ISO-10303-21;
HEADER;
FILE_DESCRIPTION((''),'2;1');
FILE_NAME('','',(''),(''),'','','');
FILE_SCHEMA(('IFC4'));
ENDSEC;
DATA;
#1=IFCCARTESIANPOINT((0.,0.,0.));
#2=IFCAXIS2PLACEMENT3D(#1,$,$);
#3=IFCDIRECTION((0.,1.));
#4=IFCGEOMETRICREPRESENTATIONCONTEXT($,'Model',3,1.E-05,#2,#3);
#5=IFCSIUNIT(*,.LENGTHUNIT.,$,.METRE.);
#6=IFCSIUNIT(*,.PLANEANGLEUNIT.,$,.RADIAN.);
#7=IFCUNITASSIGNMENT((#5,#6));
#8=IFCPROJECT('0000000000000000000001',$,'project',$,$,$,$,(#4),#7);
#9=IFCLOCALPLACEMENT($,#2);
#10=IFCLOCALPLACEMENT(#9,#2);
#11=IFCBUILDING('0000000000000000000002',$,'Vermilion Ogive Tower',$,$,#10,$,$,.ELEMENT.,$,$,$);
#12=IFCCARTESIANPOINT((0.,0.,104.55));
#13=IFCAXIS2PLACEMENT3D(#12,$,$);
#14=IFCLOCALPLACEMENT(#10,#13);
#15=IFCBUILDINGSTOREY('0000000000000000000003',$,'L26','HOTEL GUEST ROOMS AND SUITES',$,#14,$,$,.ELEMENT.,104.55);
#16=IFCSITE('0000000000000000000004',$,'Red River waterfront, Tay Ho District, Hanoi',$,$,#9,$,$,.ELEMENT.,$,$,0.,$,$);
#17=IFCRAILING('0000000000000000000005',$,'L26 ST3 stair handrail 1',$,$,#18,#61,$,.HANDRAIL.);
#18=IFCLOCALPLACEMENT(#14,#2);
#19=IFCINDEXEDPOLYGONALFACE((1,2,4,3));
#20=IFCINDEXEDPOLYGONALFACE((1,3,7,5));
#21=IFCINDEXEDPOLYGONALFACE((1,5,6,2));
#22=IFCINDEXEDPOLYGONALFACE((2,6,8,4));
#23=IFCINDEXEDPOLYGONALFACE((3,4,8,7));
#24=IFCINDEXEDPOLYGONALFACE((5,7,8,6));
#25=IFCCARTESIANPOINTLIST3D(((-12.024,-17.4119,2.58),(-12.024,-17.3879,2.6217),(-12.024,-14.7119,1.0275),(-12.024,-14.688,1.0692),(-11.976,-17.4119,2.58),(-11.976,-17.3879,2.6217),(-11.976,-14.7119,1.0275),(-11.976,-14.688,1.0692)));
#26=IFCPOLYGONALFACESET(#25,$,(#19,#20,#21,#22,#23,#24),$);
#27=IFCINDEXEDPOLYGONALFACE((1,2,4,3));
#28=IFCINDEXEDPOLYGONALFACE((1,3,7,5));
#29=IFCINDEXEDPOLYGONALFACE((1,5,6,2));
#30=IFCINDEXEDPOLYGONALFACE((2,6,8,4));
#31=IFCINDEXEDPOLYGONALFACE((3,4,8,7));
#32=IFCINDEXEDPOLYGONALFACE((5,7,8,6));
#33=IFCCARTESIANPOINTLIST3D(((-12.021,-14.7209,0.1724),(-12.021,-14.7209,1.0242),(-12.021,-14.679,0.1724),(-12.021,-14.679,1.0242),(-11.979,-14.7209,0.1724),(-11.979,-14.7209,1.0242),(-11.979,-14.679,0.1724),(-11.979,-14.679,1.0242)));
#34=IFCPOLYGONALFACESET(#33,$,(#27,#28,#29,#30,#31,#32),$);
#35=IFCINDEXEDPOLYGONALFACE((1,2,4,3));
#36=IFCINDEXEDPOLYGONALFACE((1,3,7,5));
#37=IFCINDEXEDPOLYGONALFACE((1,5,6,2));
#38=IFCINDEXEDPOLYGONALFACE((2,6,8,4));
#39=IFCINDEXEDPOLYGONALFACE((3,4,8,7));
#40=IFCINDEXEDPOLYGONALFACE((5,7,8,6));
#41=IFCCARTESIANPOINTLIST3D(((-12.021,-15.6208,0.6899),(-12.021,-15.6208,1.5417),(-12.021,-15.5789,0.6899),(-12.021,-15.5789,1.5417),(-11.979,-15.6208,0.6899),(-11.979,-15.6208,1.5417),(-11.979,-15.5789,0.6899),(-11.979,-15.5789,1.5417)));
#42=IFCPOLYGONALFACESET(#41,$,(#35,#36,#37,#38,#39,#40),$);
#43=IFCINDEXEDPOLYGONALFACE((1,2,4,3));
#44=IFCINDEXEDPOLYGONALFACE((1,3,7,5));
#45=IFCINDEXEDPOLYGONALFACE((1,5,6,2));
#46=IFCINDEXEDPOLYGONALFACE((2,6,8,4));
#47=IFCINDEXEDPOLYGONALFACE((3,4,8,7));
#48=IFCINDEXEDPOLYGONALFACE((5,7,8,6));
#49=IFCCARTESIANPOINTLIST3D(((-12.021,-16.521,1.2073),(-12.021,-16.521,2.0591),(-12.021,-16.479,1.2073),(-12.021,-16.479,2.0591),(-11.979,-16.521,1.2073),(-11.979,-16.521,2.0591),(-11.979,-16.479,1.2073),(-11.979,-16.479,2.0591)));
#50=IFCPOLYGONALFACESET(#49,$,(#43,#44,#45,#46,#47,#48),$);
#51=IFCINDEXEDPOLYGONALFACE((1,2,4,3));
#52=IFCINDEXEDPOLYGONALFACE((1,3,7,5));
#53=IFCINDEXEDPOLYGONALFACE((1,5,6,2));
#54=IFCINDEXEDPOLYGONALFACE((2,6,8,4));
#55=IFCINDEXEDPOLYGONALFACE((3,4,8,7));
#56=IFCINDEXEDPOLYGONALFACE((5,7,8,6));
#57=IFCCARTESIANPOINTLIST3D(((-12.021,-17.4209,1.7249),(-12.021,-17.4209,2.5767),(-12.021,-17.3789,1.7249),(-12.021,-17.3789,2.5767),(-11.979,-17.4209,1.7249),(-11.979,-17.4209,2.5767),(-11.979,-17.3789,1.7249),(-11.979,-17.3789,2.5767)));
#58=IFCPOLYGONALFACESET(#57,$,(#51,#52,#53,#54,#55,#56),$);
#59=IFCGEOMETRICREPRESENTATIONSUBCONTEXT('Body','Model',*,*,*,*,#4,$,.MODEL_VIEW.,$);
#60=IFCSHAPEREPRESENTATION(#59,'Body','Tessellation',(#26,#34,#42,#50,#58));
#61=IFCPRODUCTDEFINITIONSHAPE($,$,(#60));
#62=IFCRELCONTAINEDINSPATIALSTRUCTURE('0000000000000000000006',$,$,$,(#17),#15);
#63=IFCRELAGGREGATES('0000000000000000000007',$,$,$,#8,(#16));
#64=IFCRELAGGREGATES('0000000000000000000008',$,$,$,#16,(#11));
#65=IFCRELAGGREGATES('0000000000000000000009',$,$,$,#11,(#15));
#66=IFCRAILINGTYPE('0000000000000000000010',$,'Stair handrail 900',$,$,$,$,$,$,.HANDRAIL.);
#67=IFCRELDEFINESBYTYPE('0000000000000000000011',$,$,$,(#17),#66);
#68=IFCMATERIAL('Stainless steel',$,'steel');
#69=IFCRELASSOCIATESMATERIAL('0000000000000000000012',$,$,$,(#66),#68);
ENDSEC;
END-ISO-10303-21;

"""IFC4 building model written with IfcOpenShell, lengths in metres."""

from ifc_helpers import new_model, si_unit, direction, frame, origin, origin_2d, place, context, subcontext, project, spatial, rectangle, extrude, material, type_object, element, save


model = new_model("IFC4")

# Units and contexts
model_context = context("Model", 3, precision=1e-05, world=origin(), true_north=direction((0.0, 1.0)))
body_context = subcontext(model_context, "Body", "Model", "MODEL_VIEW")
ifc_project = project(units=[si_unit("LENGTHUNIT", "METRE"), si_unit("PLANEANGLEUNIT", "RADIAN")], contexts=[model_context])

# Site, building, storey
site_placement = place(None, origin())
site = spatial("IfcSite", under=ifc_project, at=site_placement, Name="Red River waterfront, Tay Ho District, Hanoi", CompositionType="ELEMENT", RefElevation=0.0)
building_placement = place(site_placement, origin())
building = spatial("IfcBuilding", under=site, at=building_placement, Name="Vermilion Ogive Tower", CompositionType="ELEMENT")
storey_placement = place(building_placement, frame((0.0, 0.0, 104.55)))
storey = spatial("IfcBuildingStorey", under=building, at=storey_placement, Name="L26", Description="HOTEL GUEST ROOMS AND SUITES", CompositionType="ELEMENT", Elevation=104.55)

# Railing
ifc_material_1 = material(Name="Stainless steel", Category="steel")
railing_type_1 = type_object("IfcRailingType", Name="Stair handrail 900", PredefinedType="HANDRAIL", material=ifc_material_1)
railing_1_placement = place(storey_placement, frame((-12.0, -14.7, 0.1724)))
element("IfcRailing", 1, at=railing_1_placement, inside=storey, type_object=railing_type_1, Name="L26 ST3 stair handrail 1", PredefinedType="HANDRAIL", context=body_context, shape_type="SweptSolid", body=[
    extrude(rectangle(XDim=0.0481, YDim=0.0481, at=origin_2d()), frame((0.0, 0.0, 0.876), z_axis=(0.0, -0.866904, 0.498476), x_axis=(1.0, 0.0, 0.0)), (0.0, 0.0, 1.0), 3.1145),
    extrude(rectangle(XDim=0.042, YDim=0.042, at=origin_2d()), origin(), (0.0, 0.0, 1.0), 0.8518),
    extrude(rectangle(XDim=0.042, YDim=0.042, at=origin_2d()), frame((0.0, -0.8999, 0.5176)), (0.0, 0.0, 1.0), 0.8518),
    extrude(rectangle(XDim=0.042, YDim=0.042, at=origin_2d()), frame((0.0, -1.8, 1.0349)), (0.0, 0.0, 1.0), 0.8518),
    extrude(rectangle(XDim=0.042, YDim=0.042, at=origin_2d()), frame((0.0, -2.7, 1.5525)), (0.0, 0.0, 1.0), 0.8518),
])

save(model, "model.ifc")
